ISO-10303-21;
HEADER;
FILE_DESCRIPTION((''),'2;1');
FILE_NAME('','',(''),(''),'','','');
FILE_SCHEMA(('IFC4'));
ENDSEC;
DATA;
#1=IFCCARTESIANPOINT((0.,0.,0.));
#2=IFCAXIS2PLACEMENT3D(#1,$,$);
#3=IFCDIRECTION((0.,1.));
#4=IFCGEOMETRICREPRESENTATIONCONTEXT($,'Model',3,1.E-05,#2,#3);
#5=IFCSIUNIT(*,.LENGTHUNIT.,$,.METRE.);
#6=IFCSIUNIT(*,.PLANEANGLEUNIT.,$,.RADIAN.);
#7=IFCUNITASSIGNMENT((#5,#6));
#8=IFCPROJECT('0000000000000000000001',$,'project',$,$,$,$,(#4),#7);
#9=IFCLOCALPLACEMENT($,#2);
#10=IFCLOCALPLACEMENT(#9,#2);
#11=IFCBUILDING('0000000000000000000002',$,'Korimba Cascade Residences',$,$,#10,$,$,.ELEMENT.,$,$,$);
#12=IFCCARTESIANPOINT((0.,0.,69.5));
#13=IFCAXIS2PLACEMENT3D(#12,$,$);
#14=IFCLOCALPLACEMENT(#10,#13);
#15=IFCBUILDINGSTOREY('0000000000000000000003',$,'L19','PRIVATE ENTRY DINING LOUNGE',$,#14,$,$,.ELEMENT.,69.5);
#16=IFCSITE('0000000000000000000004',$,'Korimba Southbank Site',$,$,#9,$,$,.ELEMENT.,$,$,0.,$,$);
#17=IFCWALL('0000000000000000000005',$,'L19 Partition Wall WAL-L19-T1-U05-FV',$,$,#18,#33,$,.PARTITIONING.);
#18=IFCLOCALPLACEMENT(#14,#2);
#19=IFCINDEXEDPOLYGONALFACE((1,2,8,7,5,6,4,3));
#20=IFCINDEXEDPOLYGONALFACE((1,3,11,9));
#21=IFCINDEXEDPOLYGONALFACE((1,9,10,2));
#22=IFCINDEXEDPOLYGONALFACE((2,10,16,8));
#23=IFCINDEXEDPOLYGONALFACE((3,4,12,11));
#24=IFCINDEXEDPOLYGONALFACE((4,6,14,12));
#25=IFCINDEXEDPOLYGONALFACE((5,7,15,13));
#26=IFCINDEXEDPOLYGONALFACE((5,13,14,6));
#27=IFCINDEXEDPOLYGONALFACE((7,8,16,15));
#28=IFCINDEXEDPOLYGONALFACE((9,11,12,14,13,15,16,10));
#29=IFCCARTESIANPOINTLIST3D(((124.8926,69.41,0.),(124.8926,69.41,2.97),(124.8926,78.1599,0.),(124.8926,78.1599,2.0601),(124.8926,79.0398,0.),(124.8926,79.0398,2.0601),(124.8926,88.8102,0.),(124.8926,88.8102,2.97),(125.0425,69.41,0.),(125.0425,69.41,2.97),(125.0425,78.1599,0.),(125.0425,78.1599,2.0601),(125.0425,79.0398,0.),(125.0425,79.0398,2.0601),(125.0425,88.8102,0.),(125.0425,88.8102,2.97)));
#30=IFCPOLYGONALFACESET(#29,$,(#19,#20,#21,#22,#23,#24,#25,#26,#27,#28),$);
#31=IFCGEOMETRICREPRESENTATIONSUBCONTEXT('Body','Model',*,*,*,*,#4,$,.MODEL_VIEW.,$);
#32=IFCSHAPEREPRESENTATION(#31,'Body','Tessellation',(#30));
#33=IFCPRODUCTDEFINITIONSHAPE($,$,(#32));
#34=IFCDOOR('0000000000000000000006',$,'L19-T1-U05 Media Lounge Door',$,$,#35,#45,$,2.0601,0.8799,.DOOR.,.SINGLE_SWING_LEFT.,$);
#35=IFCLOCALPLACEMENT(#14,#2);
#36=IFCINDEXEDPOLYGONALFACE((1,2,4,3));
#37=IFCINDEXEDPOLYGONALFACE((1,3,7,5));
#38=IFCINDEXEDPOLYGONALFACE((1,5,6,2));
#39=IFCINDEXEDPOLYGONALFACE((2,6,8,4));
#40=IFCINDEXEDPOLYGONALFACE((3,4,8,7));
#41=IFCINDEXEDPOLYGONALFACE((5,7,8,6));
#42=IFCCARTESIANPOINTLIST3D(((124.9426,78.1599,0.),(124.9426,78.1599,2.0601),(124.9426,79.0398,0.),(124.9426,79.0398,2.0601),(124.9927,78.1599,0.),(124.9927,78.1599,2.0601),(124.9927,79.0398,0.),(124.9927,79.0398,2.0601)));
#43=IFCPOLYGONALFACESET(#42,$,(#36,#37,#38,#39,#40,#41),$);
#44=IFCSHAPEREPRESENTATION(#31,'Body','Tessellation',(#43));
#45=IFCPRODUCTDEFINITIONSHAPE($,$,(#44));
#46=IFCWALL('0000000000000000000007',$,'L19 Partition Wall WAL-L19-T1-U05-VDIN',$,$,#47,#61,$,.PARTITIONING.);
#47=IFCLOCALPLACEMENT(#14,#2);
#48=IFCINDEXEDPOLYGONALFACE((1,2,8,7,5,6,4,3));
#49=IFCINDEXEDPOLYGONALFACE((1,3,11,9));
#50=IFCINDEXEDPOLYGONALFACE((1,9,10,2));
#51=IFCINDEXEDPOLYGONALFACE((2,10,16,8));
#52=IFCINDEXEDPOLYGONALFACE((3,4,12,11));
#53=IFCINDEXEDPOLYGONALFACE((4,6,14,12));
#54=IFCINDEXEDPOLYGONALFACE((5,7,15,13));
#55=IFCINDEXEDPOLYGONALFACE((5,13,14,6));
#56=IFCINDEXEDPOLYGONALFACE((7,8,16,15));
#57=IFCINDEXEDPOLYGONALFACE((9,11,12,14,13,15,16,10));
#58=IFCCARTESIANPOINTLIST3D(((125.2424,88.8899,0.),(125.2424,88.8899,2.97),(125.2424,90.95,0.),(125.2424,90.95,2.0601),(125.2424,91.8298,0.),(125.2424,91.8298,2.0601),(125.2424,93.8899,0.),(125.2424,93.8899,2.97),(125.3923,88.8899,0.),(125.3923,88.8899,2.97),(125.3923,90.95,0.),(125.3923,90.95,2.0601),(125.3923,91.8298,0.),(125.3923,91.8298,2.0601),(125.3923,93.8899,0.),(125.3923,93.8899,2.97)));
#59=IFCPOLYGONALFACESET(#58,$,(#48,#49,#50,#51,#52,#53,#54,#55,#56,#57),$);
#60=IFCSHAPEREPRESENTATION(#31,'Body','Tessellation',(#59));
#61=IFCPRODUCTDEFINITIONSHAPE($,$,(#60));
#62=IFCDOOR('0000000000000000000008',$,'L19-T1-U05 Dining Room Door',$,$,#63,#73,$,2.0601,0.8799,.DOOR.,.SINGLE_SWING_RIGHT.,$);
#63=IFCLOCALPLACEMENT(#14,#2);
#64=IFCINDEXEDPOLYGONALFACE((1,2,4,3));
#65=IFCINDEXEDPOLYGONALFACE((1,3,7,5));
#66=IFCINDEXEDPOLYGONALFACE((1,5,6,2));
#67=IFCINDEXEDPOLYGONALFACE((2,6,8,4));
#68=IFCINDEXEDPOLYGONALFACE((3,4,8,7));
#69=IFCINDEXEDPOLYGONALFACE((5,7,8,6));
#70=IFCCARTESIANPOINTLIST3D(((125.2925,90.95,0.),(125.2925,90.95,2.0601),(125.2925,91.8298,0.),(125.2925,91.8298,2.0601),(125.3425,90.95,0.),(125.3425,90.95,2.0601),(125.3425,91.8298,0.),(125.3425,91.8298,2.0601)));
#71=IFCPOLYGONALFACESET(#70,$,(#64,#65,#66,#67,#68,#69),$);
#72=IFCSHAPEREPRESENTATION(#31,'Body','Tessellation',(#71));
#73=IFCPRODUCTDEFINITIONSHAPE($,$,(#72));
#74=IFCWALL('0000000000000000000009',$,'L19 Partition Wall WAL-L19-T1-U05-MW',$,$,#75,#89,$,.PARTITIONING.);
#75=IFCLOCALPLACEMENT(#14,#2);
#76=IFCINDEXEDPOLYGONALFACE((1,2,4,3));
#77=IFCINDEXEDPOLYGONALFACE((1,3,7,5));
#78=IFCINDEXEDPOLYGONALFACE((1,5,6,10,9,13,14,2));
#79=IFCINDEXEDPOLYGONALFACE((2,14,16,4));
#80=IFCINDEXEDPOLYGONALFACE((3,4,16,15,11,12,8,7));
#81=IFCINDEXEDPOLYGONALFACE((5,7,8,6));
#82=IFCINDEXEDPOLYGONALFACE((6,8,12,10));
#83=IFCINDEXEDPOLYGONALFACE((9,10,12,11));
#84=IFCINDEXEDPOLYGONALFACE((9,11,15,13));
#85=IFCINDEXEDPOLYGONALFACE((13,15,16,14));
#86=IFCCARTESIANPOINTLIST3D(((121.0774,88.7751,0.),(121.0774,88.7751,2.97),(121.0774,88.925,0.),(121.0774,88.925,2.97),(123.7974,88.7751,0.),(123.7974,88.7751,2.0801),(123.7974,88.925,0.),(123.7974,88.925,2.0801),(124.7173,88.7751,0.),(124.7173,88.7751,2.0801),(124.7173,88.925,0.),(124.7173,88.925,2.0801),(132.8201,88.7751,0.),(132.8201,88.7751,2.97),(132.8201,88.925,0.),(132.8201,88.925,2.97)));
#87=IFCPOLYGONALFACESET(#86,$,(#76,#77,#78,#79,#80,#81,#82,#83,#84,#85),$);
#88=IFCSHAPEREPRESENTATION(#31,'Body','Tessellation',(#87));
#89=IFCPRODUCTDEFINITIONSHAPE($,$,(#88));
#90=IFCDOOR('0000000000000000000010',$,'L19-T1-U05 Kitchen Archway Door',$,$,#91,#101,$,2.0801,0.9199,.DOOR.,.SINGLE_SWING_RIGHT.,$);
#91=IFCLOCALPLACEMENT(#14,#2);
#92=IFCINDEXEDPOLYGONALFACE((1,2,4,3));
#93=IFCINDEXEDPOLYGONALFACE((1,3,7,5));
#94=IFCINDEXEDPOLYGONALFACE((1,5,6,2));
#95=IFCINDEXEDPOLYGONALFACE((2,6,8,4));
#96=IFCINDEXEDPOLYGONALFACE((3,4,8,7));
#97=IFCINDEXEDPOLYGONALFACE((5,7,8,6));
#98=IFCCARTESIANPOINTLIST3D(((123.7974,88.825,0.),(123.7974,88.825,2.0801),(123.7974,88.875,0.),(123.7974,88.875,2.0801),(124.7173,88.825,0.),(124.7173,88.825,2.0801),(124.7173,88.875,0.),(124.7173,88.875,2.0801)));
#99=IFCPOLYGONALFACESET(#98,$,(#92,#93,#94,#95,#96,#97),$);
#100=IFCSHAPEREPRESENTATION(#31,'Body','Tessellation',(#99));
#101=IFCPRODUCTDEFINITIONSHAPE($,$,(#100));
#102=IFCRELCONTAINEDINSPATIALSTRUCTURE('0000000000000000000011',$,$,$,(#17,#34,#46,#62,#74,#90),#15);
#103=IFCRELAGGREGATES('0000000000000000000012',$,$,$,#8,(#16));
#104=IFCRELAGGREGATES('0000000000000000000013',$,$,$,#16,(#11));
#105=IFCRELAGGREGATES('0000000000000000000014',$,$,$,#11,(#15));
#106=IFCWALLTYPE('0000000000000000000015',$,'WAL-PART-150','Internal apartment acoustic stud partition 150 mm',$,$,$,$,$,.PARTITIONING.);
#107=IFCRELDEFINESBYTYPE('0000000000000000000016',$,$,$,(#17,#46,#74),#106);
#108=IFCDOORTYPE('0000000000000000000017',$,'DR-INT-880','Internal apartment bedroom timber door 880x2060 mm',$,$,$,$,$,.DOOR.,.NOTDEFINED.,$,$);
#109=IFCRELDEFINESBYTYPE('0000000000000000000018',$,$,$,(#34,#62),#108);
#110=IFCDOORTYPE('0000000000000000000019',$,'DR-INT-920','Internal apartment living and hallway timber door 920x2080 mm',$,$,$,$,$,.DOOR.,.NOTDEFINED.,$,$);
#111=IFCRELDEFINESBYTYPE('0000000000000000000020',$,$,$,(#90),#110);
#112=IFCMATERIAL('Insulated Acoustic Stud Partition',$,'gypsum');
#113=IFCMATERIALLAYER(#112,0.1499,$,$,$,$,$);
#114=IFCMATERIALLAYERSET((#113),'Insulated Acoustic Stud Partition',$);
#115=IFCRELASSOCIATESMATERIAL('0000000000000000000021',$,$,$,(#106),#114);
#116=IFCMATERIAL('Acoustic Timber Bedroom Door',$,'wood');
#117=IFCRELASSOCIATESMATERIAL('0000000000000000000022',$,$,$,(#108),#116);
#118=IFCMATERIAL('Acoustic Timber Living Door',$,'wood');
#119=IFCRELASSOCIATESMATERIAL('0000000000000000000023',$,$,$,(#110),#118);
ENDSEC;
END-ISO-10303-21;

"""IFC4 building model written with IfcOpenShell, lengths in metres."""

from ifc_helpers import new_model, si_unit, direction, frame, frame_2d, origin, place, context, subcontext, project, spatial, rectangle, extrude, material, layer, layer_set, type_object, element, fill, save


model = new_model("IFC4")

# Units and contexts
model_context = context("Model", 3, precision=1e-05, world=origin(), true_north=direction((0.0, 1.0)))
body_context = subcontext(model_context, "Body", "Model", "MODEL_VIEW")
ifc_project = project(units=[si_unit("LENGTHUNIT", "METRE"), si_unit("PLANEANGLEUNIT", "RADIAN")], contexts=[model_context])

# Site, building, storey
site_placement = place(None, origin())
site = spatial("IfcSite", under=ifc_project, at=site_placement, Name="Korimba Southbank Site", CompositionType="ELEMENT", RefElevation=0.0)
building_placement = place(site_placement, origin())
building = spatial("IfcBuilding", under=site, at=building_placement, Name="Korimba Cascade Residences", CompositionType="ELEMENT")
storey_placement = place(building_placement, frame((0.0, 0.0, 69.5)))
storey = spatial("IfcBuildingStorey", under=building, at=storey_placement, Name="L19", Description="PRIVATE ENTRY DINING LOUNGE", CompositionType="ELEMENT", Elevation=69.5)

# Walls, openings, doors
ifc_material_1 = material(Name="Insulated Acoustic Stud Partition", Category="gypsum")
ifc_layer_1 = layer(ifc_material_1, 0.1499)
ifc_layer_set_1 = layer_set([ifc_layer_1], Name="Insulated Acoustic Stud Partition")
wall_type_1 = type_object("IfcWallType", Name="WAL-PART-150", Description="Internal apartment acoustic stud partition 150 mm", PredefinedType="PARTITIONING", material=ifc_layer_set_1)
ifc_material_2 = material(Name="Acoustic Timber Bedroom Door", Category="wood")
door_type_1 = type_object("IfcDoorType", Name="DR-INT-880", Description="Internal apartment bedroom timber door 880x2060 mm", OperationType="NOTDEFINED", PredefinedType="DOOR", material=ifc_material_2)
wall_1_placement = place(storey_placement, frame((124.9675, 69.4099, 0.0), z_axis=(0.0, 0.0, 1.0), x_axis=(0.0, 1.0, 0.0)))
wall_1 = element("IfcWall", 1, at=wall_1_placement, inside=storey, type_object=wall_type_1, Name="L19 Partition Wall WAL-L19-T1-U05-FV", PredefinedType="PARTITIONING", context=body_context, shape_type="SweptSolid", body=[
    extrude(rectangle(XDim=19.4001, YDim=0.1499, at=frame_2d((9.7002, 0.0))), origin(), (0.0, 0.0, 1.0), 2.97),
])
opening_1_placement = place(wall_1_placement, frame((8.75, 0.0, 0.0)))
opening_1 = element("IfcOpeningElement", 2, at=opening_1_placement, cuts=wall_1, PredefinedType="OPENING", context=body_context, shape_type="SweptSolid", body=[
    extrude(rectangle(XDim=0.8799, YDim=2.0601, at=frame_2d((0.4399, 1.03))), frame((0.0, 0.085, 0.0), z_axis=(0.0, -1.0, 0.0), x_axis=(1.0, 0.0, 0.0)), (0.0, 0.0, 1.0), 0.1699),
])
door_1_placement = place(opening_1_placement, origin())
door_1 = element("IfcDoor", 3, at=door_1_placement, inside=storey, type_object=door_type_1, Name="L19-T1-U05 Media Lounge Door", OperationType="SINGLE_SWING_LEFT", OverallHeight=2.0601, OverallWidth=0.8799, PredefinedType="DOOR", context=body_context, shape_type="SweptSolid", body=[
    extrude(rectangle(XDim=0.8799, YDim=2.0601, at=frame_2d((0.4399, 1.03))), frame((0.0, 0.0249, 0.0), z_axis=(0.0, -1.0, 0.0), x_axis=(1.0, 0.0, 0.0)), (0.0, 0.0, 1.0), 0.05),
])
fill(opening_1, door_1)
wall_2_placement = place(storey_placement, frame((125.3174, 88.8899, 0.0), z_axis=(0.0, 0.0, 1.0), x_axis=(0.0, 1.0, 0.0)))
wall_2 = element("IfcWall", 4, at=wall_2_placement, inside=storey, type_object=wall_type_1, Name="L19 Partition Wall WAL-L19-T1-U05-VDIN", PredefinedType="PARTITIONING", context=body_context, shape_type="SweptSolid", body=[
    extrude(rectangle(XDim=5.0, YDim=0.1499, at=frame_2d((2.5, 0.0))), origin(), (0.0, 0.0, 1.0), 2.97),
])
opening_2_placement = place(wall_2_placement, frame((2.0601, 0.0, 0.0)))
opening_2 = element("IfcOpeningElement", 5, at=opening_2_placement, cuts=wall_2, PredefinedType="OPENING", context=body_context, shape_type="SweptSolid", body=[
    extrude(rectangle(XDim=0.8799, YDim=2.0601, at=frame_2d((0.4399, 1.03))), frame((0.0, 0.085, 0.0), z_axis=(0.0, -1.0, 0.0), x_axis=(1.0, 0.0, 0.0)), (0.0, 0.0, 1.0), 0.1699),
])
door_2_placement = place(opening_2_placement, origin())
door_2 = element("IfcDoor", 6, at=door_2_placement, inside=storey, type_object=door_type_1, Name="L19-T1-U05 Dining Room Door", OperationType="SINGLE_SWING_RIGHT", OverallHeight=2.0601, OverallWidth=0.8799, PredefinedType="DOOR", context=body_context, shape_type="SweptSolid", body=[
    extrude(rectangle(XDim=0.8799, YDim=2.0601, at=frame_2d((0.4399, 1.03))), frame((0.0, 0.0249, 0.0), z_axis=(0.0, -1.0, 0.0), x_axis=(1.0, 0.0, 0.0)), (0.0, 0.0, 1.0), 0.05),
])
fill(opening_2, door_2)
wall_3_placement = place(storey_placement, frame((121.0774, 88.8501, 0.0), z_axis=(0.0, 0.0, 1.0), x_axis=(1.0, 0.0, 0.0)))
wall_3 = element("IfcWall", 7, at=wall_3_placement, inside=storey, type_object=wall_type_1, Name="L19 Partition Wall WAL-L19-T1-U05-MW", PredefinedType="PARTITIONING", context=body_context, shape_type="SweptSolid", body=[
    extrude(rectangle(XDim=11.7427, YDim=0.1499, at=frame_2d((5.8713, 0.0))), origin(), (0.0, 0.0, 1.0), 2.97),
])
opening_3_placement = place(wall_3_placement, frame((2.72, 0.0, 0.0)))
opening_3 = element("IfcOpeningElement", 8, at=opening_3_placement, cuts=wall_3, PredefinedType="OPENING", context=body_context, shape_type="SweptSolid", body=[
    extrude(rectangle(XDim=0.9199, YDim=2.0801, at=frame_2d((0.46, 1.04))), frame((0.0, 0.085, 0.0), z_axis=(0.0, -1.0, 0.0), x_axis=(1.0, 0.0, 0.0)), (0.0, 0.0, 1.0), 0.1699),
])
ifc_material_3 = material(Name="Acoustic Timber Living Door", Category="wood")
door_type_2 = type_object("IfcDoorType", Name="DR-INT-920", Description="Internal apartment living and hallway timber door 920x2080 mm", OperationType="NOTDEFINED", PredefinedType="DOOR", material=ifc_material_3)
door_3_placement = place(opening_3_placement, origin())
door_3 = element("IfcDoor", 9, at=door_3_placement, inside=storey, type_object=door_type_2, Name="L19-T1-U05 Kitchen Archway Door", OperationType="SINGLE_SWING_RIGHT", OverallHeight=2.0801, OverallWidth=0.9199, PredefinedType="DOOR", context=body_context, shape_type="SweptSolid", body=[
    extrude(rectangle(XDim=0.9199, YDim=2.0801, at=frame_2d((0.46, 1.04))), frame((0.0, 0.0249, 0.0), z_axis=(0.0, -1.0, 0.0), x_axis=(1.0, 0.0, 0.0)), (0.0, 0.0, 1.0), 0.05),
])
fill(opening_3, door_3)

save(model, "model.ifc")
